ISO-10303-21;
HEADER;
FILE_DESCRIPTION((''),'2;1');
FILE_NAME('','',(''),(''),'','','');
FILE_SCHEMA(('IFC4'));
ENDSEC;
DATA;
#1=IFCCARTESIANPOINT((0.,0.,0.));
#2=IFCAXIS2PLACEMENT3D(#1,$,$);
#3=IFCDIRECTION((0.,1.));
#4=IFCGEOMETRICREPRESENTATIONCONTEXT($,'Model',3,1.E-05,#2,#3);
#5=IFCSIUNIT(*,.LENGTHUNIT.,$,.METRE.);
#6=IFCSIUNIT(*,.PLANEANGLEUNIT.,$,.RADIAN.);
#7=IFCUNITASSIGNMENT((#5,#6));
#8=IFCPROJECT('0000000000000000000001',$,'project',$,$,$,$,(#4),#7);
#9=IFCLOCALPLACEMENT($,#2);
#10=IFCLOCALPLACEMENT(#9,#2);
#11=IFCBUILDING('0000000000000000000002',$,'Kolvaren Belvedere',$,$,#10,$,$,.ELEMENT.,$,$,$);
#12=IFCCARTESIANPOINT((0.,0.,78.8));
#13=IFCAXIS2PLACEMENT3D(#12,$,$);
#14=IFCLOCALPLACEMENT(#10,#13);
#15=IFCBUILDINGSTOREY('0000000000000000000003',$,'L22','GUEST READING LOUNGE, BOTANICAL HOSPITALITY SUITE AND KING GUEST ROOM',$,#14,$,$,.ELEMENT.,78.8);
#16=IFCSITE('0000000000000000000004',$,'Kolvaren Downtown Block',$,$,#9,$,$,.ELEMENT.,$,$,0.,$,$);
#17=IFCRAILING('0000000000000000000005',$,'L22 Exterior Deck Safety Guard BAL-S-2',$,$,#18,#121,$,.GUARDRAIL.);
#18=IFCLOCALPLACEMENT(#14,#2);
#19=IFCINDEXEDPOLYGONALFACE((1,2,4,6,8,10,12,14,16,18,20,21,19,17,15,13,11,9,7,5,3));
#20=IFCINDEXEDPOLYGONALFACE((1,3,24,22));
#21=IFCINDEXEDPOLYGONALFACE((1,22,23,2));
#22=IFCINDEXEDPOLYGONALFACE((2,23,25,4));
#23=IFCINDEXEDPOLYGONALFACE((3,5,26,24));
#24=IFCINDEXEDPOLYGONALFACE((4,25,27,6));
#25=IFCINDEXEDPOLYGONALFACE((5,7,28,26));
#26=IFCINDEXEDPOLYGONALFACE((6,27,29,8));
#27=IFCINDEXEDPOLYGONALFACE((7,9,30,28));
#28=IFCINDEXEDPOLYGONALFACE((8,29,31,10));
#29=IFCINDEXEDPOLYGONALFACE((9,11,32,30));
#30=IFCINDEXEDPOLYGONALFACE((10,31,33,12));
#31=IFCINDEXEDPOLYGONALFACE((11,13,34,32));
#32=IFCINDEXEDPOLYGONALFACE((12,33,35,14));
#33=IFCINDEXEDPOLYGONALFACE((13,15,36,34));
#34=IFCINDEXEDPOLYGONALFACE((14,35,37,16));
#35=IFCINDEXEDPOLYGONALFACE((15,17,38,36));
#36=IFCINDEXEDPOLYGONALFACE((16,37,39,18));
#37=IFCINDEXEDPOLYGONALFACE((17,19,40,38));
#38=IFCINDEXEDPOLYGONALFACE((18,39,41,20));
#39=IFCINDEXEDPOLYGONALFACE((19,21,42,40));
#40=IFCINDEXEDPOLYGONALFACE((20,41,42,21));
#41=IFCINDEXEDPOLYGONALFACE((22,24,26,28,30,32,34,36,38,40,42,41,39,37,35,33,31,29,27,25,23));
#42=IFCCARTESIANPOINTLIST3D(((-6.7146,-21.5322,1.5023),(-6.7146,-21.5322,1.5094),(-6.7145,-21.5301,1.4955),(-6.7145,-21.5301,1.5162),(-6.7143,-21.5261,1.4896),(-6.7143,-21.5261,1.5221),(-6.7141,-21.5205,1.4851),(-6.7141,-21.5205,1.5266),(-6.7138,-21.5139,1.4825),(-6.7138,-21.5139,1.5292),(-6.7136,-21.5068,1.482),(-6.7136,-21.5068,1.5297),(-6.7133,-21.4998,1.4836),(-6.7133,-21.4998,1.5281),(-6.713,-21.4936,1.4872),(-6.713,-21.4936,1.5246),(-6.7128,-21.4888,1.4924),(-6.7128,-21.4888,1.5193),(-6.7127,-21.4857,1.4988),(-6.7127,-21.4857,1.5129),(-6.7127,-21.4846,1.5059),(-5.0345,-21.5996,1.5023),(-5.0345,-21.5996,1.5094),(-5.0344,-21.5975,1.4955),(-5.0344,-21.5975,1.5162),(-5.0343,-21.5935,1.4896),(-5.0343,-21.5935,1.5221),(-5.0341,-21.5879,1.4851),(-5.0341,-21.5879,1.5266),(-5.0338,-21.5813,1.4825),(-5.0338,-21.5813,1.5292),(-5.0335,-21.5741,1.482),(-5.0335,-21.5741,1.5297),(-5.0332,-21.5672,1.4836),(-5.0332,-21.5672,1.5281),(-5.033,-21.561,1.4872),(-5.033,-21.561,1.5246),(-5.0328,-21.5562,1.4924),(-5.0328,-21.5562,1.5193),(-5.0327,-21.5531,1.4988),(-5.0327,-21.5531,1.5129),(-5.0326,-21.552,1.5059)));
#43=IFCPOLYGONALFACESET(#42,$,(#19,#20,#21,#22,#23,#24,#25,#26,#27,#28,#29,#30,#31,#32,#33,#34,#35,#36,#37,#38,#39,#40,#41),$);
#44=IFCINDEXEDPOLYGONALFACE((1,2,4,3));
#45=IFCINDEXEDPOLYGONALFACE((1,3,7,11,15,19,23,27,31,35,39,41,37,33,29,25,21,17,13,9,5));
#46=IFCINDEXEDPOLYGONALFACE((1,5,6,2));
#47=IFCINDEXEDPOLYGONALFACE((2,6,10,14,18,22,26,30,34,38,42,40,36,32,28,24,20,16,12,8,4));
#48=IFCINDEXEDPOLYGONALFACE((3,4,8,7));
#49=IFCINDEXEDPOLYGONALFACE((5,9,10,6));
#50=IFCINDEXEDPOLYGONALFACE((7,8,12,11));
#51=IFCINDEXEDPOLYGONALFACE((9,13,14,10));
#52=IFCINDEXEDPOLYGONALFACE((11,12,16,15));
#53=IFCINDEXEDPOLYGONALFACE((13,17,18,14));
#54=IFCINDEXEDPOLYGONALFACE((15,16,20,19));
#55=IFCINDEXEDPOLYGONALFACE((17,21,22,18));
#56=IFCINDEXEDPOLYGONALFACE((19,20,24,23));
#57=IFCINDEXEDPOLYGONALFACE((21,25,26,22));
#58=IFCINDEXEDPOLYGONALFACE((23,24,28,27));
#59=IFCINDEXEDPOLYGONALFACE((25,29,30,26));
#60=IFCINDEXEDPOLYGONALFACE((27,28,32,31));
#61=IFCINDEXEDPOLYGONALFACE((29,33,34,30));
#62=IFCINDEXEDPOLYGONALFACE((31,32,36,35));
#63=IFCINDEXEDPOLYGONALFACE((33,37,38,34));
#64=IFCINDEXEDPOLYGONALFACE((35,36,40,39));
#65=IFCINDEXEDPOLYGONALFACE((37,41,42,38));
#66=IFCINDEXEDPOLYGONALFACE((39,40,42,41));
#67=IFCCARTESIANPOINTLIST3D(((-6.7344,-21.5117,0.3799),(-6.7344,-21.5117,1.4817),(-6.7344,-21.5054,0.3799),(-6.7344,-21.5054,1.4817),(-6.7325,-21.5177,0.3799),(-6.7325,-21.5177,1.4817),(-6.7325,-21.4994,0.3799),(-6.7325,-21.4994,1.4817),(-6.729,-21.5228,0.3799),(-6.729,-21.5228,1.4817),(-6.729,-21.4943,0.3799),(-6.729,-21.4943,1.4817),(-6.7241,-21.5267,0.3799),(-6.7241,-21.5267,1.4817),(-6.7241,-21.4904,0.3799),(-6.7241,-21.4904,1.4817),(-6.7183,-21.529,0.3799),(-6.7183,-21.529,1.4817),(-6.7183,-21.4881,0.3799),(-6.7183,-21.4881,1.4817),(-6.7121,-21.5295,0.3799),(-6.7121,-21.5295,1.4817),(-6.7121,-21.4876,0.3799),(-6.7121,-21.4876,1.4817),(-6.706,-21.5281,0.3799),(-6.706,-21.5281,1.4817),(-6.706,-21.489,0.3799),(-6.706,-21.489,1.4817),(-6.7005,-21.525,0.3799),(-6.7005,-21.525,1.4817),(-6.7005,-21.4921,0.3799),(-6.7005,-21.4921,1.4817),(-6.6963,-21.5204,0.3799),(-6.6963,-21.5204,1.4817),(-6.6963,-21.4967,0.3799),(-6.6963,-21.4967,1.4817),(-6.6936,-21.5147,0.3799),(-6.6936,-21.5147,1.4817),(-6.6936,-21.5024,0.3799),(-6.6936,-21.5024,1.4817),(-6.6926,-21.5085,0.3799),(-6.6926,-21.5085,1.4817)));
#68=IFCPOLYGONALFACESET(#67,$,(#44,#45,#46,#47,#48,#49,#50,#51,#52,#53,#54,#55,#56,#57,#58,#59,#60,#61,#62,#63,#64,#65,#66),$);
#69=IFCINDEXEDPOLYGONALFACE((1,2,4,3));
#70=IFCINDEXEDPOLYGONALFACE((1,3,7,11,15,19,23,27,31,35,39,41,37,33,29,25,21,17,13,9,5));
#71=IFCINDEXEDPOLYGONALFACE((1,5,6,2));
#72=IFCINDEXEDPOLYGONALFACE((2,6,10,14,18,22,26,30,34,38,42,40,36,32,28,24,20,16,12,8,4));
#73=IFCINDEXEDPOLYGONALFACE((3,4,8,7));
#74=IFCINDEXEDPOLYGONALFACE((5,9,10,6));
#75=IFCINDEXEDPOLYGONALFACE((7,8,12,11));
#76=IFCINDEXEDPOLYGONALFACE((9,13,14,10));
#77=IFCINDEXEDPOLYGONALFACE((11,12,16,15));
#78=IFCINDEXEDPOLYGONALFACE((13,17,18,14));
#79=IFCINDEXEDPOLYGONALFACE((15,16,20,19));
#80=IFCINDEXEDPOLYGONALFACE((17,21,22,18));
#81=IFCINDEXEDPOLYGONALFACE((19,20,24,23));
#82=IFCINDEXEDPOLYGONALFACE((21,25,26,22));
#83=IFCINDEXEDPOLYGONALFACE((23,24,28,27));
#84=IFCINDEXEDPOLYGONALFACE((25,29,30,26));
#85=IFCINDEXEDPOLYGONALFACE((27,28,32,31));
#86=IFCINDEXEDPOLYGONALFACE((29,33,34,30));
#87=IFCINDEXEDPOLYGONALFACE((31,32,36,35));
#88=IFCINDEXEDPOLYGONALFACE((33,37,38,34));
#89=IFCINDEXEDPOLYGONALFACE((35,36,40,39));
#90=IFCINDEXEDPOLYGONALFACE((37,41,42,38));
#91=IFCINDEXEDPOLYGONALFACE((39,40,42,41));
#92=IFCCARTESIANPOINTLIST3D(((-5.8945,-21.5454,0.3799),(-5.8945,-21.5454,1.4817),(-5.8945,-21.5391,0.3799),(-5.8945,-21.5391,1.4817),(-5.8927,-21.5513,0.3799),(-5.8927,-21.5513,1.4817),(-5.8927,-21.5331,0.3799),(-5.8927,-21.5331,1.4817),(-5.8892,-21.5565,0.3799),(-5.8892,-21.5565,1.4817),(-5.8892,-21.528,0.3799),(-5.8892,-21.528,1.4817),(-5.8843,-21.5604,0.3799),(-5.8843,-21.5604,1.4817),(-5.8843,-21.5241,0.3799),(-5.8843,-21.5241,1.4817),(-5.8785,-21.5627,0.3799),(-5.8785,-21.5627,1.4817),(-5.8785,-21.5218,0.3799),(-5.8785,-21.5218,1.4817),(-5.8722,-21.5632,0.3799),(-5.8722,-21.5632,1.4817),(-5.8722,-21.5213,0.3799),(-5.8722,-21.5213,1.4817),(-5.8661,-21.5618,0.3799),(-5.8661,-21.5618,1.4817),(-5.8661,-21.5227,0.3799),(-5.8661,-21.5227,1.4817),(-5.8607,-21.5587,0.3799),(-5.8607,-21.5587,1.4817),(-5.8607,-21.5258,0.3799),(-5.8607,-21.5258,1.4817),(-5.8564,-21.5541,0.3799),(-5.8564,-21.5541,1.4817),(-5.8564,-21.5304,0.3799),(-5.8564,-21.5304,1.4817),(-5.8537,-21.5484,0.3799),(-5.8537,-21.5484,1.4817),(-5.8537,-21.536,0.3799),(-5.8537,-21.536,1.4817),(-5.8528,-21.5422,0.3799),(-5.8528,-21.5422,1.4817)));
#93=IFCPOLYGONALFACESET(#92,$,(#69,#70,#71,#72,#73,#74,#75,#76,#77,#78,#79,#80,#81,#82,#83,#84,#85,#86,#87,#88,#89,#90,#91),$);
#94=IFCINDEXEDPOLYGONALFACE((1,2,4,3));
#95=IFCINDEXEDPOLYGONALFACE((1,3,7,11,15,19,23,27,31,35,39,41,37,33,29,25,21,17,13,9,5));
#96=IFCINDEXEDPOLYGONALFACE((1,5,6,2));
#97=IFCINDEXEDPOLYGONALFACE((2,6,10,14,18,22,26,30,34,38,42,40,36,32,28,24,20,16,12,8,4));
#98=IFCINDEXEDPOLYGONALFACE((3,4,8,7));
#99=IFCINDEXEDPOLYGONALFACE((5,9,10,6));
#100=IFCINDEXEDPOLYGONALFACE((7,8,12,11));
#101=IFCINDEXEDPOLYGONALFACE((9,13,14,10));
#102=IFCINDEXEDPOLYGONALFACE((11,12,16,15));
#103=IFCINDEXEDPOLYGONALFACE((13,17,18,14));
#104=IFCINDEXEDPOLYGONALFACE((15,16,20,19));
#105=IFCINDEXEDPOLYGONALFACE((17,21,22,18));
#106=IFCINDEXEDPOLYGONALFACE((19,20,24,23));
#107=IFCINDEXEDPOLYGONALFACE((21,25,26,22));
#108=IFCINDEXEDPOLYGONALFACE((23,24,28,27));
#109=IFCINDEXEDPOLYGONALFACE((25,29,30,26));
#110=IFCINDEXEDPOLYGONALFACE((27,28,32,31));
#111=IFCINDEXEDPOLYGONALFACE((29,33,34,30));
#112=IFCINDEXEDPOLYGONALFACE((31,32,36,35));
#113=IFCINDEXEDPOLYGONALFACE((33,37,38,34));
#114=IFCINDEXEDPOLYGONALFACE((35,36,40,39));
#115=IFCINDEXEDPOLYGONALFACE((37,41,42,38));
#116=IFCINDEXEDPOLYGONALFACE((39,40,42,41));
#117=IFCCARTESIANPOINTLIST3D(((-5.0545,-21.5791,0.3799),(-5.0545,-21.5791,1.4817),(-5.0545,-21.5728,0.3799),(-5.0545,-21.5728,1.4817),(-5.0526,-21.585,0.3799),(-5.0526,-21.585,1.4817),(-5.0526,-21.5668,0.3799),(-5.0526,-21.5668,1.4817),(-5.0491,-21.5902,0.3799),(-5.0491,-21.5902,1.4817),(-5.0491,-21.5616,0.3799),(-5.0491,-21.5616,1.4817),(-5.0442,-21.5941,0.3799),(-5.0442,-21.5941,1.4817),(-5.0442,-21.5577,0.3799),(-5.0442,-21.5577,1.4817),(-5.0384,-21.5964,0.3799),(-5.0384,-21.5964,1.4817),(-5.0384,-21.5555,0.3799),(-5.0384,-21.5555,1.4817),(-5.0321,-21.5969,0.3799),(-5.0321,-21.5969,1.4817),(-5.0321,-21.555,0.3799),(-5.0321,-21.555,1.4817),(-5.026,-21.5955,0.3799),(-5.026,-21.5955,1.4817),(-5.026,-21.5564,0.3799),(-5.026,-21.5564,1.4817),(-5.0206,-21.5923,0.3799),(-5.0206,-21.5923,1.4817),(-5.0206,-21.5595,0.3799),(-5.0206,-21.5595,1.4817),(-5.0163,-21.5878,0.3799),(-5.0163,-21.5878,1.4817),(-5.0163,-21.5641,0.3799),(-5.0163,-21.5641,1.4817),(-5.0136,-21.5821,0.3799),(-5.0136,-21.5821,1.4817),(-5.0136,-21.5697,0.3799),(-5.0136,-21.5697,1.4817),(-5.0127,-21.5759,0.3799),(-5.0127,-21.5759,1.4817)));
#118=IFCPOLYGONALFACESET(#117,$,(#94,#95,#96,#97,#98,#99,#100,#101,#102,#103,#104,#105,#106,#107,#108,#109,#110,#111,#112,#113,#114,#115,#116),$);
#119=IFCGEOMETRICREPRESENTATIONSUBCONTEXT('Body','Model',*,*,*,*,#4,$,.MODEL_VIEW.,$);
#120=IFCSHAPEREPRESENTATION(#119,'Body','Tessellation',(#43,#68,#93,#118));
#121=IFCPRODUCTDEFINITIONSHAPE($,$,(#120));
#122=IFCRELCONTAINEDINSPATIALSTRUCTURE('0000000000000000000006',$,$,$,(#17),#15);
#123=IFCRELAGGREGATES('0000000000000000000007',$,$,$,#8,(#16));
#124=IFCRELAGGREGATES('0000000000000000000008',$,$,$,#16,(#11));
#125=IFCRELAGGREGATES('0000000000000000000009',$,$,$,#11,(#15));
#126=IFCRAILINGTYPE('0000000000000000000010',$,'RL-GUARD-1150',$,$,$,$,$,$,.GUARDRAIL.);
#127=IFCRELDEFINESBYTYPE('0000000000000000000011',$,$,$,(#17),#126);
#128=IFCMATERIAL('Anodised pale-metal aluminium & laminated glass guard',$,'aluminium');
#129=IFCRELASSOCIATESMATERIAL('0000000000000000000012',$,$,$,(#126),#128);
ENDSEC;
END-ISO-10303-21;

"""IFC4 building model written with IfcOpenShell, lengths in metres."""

from ifc_helpers import new_model, si_unit, direction, frame, origin, origin_2d, place, context, subcontext, project, spatial, circle, extrude, material, type_object, element, save


model = new_model("IFC4")

# Units and contexts
model_context = context("Model", 3, precision=1e-05, world=origin(), true_north=direction((0.0, 1.0)))
body_context = subcontext(model_context, "Body", "Model", "MODEL_VIEW")
ifc_project = project(units=[si_unit("LENGTHUNIT", "METRE"), si_unit("PLANEANGLEUNIT", "RADIAN")], contexts=[model_context])

# Site, building, storey
site_placement = place(None, origin())
site = spatial("IfcSite", under=ifc_project, at=site_placement, Name="Kolvaren Downtown Block", CompositionType="ELEMENT", RefElevation=0.0)
building_placement = place(site_placement, origin())
building = spatial("IfcBuilding", under=site, at=building_placement, Name="Kolvaren Belvedere", CompositionType="ELEMENT")
storey_placement = place(building_placement, frame((0.0, 0.0, 78.8)))
storey = spatial("IfcBuildingStorey", under=building, at=storey_placement, Name="L22", Description="GUEST READING LOUNGE, BOTANICAL HOSPITALITY SUITE AND KING GUEST ROOM", CompositionType="ELEMENT", Elevation=78.8)

# Railing
ifc_material_1 = material(Name="Anodised pale-metal aluminium & laminated glass guard", Category="aluminium")
railing_type = type_object("IfcRailingType", Name="RL-GUARD-1150", PredefinedType="GUARDRAIL", material=ifc_material_1)
railing_1_placement = place(storey_placement, frame((-6.7136, -21.5085, 0.3799)))
element("IfcRailing", 1, at=railing_1_placement, inside=storey, type_object=railing_type, Name="L22 Exterior Deck Safety Guard BAL-S-2", PredefinedType="GUARDRAIL", context=body_context, shape_type="SweptSolid", body=[
    extrude(circle(Radius=0.0239, at=origin_2d()), frame((0.0, 0.0, 1.126), z_axis=(0.999197, -0.040078, 0.0), x_axis=(0.040078, 0.999197, 0.0)), (0.0, 0.0, 1.0), 1.6814),
    extrude(circle(Radius=0.021, at=origin_2d()), origin(), (0.0, 0.0, 1.0), 1.1018),
    extrude(circle(Radius=0.021, at=origin_2d()), frame((0.8398, -0.0337, 0.0)), (0.0, 0.0, 1.0), 1.1018),
    extrude(circle(Radius=0.021, at=origin_2d()), frame((1.6799, -0.0674, 0.0)), (0.0, 0.0, 1.0), 1.1018),
])

save(model, "model.ifc")
